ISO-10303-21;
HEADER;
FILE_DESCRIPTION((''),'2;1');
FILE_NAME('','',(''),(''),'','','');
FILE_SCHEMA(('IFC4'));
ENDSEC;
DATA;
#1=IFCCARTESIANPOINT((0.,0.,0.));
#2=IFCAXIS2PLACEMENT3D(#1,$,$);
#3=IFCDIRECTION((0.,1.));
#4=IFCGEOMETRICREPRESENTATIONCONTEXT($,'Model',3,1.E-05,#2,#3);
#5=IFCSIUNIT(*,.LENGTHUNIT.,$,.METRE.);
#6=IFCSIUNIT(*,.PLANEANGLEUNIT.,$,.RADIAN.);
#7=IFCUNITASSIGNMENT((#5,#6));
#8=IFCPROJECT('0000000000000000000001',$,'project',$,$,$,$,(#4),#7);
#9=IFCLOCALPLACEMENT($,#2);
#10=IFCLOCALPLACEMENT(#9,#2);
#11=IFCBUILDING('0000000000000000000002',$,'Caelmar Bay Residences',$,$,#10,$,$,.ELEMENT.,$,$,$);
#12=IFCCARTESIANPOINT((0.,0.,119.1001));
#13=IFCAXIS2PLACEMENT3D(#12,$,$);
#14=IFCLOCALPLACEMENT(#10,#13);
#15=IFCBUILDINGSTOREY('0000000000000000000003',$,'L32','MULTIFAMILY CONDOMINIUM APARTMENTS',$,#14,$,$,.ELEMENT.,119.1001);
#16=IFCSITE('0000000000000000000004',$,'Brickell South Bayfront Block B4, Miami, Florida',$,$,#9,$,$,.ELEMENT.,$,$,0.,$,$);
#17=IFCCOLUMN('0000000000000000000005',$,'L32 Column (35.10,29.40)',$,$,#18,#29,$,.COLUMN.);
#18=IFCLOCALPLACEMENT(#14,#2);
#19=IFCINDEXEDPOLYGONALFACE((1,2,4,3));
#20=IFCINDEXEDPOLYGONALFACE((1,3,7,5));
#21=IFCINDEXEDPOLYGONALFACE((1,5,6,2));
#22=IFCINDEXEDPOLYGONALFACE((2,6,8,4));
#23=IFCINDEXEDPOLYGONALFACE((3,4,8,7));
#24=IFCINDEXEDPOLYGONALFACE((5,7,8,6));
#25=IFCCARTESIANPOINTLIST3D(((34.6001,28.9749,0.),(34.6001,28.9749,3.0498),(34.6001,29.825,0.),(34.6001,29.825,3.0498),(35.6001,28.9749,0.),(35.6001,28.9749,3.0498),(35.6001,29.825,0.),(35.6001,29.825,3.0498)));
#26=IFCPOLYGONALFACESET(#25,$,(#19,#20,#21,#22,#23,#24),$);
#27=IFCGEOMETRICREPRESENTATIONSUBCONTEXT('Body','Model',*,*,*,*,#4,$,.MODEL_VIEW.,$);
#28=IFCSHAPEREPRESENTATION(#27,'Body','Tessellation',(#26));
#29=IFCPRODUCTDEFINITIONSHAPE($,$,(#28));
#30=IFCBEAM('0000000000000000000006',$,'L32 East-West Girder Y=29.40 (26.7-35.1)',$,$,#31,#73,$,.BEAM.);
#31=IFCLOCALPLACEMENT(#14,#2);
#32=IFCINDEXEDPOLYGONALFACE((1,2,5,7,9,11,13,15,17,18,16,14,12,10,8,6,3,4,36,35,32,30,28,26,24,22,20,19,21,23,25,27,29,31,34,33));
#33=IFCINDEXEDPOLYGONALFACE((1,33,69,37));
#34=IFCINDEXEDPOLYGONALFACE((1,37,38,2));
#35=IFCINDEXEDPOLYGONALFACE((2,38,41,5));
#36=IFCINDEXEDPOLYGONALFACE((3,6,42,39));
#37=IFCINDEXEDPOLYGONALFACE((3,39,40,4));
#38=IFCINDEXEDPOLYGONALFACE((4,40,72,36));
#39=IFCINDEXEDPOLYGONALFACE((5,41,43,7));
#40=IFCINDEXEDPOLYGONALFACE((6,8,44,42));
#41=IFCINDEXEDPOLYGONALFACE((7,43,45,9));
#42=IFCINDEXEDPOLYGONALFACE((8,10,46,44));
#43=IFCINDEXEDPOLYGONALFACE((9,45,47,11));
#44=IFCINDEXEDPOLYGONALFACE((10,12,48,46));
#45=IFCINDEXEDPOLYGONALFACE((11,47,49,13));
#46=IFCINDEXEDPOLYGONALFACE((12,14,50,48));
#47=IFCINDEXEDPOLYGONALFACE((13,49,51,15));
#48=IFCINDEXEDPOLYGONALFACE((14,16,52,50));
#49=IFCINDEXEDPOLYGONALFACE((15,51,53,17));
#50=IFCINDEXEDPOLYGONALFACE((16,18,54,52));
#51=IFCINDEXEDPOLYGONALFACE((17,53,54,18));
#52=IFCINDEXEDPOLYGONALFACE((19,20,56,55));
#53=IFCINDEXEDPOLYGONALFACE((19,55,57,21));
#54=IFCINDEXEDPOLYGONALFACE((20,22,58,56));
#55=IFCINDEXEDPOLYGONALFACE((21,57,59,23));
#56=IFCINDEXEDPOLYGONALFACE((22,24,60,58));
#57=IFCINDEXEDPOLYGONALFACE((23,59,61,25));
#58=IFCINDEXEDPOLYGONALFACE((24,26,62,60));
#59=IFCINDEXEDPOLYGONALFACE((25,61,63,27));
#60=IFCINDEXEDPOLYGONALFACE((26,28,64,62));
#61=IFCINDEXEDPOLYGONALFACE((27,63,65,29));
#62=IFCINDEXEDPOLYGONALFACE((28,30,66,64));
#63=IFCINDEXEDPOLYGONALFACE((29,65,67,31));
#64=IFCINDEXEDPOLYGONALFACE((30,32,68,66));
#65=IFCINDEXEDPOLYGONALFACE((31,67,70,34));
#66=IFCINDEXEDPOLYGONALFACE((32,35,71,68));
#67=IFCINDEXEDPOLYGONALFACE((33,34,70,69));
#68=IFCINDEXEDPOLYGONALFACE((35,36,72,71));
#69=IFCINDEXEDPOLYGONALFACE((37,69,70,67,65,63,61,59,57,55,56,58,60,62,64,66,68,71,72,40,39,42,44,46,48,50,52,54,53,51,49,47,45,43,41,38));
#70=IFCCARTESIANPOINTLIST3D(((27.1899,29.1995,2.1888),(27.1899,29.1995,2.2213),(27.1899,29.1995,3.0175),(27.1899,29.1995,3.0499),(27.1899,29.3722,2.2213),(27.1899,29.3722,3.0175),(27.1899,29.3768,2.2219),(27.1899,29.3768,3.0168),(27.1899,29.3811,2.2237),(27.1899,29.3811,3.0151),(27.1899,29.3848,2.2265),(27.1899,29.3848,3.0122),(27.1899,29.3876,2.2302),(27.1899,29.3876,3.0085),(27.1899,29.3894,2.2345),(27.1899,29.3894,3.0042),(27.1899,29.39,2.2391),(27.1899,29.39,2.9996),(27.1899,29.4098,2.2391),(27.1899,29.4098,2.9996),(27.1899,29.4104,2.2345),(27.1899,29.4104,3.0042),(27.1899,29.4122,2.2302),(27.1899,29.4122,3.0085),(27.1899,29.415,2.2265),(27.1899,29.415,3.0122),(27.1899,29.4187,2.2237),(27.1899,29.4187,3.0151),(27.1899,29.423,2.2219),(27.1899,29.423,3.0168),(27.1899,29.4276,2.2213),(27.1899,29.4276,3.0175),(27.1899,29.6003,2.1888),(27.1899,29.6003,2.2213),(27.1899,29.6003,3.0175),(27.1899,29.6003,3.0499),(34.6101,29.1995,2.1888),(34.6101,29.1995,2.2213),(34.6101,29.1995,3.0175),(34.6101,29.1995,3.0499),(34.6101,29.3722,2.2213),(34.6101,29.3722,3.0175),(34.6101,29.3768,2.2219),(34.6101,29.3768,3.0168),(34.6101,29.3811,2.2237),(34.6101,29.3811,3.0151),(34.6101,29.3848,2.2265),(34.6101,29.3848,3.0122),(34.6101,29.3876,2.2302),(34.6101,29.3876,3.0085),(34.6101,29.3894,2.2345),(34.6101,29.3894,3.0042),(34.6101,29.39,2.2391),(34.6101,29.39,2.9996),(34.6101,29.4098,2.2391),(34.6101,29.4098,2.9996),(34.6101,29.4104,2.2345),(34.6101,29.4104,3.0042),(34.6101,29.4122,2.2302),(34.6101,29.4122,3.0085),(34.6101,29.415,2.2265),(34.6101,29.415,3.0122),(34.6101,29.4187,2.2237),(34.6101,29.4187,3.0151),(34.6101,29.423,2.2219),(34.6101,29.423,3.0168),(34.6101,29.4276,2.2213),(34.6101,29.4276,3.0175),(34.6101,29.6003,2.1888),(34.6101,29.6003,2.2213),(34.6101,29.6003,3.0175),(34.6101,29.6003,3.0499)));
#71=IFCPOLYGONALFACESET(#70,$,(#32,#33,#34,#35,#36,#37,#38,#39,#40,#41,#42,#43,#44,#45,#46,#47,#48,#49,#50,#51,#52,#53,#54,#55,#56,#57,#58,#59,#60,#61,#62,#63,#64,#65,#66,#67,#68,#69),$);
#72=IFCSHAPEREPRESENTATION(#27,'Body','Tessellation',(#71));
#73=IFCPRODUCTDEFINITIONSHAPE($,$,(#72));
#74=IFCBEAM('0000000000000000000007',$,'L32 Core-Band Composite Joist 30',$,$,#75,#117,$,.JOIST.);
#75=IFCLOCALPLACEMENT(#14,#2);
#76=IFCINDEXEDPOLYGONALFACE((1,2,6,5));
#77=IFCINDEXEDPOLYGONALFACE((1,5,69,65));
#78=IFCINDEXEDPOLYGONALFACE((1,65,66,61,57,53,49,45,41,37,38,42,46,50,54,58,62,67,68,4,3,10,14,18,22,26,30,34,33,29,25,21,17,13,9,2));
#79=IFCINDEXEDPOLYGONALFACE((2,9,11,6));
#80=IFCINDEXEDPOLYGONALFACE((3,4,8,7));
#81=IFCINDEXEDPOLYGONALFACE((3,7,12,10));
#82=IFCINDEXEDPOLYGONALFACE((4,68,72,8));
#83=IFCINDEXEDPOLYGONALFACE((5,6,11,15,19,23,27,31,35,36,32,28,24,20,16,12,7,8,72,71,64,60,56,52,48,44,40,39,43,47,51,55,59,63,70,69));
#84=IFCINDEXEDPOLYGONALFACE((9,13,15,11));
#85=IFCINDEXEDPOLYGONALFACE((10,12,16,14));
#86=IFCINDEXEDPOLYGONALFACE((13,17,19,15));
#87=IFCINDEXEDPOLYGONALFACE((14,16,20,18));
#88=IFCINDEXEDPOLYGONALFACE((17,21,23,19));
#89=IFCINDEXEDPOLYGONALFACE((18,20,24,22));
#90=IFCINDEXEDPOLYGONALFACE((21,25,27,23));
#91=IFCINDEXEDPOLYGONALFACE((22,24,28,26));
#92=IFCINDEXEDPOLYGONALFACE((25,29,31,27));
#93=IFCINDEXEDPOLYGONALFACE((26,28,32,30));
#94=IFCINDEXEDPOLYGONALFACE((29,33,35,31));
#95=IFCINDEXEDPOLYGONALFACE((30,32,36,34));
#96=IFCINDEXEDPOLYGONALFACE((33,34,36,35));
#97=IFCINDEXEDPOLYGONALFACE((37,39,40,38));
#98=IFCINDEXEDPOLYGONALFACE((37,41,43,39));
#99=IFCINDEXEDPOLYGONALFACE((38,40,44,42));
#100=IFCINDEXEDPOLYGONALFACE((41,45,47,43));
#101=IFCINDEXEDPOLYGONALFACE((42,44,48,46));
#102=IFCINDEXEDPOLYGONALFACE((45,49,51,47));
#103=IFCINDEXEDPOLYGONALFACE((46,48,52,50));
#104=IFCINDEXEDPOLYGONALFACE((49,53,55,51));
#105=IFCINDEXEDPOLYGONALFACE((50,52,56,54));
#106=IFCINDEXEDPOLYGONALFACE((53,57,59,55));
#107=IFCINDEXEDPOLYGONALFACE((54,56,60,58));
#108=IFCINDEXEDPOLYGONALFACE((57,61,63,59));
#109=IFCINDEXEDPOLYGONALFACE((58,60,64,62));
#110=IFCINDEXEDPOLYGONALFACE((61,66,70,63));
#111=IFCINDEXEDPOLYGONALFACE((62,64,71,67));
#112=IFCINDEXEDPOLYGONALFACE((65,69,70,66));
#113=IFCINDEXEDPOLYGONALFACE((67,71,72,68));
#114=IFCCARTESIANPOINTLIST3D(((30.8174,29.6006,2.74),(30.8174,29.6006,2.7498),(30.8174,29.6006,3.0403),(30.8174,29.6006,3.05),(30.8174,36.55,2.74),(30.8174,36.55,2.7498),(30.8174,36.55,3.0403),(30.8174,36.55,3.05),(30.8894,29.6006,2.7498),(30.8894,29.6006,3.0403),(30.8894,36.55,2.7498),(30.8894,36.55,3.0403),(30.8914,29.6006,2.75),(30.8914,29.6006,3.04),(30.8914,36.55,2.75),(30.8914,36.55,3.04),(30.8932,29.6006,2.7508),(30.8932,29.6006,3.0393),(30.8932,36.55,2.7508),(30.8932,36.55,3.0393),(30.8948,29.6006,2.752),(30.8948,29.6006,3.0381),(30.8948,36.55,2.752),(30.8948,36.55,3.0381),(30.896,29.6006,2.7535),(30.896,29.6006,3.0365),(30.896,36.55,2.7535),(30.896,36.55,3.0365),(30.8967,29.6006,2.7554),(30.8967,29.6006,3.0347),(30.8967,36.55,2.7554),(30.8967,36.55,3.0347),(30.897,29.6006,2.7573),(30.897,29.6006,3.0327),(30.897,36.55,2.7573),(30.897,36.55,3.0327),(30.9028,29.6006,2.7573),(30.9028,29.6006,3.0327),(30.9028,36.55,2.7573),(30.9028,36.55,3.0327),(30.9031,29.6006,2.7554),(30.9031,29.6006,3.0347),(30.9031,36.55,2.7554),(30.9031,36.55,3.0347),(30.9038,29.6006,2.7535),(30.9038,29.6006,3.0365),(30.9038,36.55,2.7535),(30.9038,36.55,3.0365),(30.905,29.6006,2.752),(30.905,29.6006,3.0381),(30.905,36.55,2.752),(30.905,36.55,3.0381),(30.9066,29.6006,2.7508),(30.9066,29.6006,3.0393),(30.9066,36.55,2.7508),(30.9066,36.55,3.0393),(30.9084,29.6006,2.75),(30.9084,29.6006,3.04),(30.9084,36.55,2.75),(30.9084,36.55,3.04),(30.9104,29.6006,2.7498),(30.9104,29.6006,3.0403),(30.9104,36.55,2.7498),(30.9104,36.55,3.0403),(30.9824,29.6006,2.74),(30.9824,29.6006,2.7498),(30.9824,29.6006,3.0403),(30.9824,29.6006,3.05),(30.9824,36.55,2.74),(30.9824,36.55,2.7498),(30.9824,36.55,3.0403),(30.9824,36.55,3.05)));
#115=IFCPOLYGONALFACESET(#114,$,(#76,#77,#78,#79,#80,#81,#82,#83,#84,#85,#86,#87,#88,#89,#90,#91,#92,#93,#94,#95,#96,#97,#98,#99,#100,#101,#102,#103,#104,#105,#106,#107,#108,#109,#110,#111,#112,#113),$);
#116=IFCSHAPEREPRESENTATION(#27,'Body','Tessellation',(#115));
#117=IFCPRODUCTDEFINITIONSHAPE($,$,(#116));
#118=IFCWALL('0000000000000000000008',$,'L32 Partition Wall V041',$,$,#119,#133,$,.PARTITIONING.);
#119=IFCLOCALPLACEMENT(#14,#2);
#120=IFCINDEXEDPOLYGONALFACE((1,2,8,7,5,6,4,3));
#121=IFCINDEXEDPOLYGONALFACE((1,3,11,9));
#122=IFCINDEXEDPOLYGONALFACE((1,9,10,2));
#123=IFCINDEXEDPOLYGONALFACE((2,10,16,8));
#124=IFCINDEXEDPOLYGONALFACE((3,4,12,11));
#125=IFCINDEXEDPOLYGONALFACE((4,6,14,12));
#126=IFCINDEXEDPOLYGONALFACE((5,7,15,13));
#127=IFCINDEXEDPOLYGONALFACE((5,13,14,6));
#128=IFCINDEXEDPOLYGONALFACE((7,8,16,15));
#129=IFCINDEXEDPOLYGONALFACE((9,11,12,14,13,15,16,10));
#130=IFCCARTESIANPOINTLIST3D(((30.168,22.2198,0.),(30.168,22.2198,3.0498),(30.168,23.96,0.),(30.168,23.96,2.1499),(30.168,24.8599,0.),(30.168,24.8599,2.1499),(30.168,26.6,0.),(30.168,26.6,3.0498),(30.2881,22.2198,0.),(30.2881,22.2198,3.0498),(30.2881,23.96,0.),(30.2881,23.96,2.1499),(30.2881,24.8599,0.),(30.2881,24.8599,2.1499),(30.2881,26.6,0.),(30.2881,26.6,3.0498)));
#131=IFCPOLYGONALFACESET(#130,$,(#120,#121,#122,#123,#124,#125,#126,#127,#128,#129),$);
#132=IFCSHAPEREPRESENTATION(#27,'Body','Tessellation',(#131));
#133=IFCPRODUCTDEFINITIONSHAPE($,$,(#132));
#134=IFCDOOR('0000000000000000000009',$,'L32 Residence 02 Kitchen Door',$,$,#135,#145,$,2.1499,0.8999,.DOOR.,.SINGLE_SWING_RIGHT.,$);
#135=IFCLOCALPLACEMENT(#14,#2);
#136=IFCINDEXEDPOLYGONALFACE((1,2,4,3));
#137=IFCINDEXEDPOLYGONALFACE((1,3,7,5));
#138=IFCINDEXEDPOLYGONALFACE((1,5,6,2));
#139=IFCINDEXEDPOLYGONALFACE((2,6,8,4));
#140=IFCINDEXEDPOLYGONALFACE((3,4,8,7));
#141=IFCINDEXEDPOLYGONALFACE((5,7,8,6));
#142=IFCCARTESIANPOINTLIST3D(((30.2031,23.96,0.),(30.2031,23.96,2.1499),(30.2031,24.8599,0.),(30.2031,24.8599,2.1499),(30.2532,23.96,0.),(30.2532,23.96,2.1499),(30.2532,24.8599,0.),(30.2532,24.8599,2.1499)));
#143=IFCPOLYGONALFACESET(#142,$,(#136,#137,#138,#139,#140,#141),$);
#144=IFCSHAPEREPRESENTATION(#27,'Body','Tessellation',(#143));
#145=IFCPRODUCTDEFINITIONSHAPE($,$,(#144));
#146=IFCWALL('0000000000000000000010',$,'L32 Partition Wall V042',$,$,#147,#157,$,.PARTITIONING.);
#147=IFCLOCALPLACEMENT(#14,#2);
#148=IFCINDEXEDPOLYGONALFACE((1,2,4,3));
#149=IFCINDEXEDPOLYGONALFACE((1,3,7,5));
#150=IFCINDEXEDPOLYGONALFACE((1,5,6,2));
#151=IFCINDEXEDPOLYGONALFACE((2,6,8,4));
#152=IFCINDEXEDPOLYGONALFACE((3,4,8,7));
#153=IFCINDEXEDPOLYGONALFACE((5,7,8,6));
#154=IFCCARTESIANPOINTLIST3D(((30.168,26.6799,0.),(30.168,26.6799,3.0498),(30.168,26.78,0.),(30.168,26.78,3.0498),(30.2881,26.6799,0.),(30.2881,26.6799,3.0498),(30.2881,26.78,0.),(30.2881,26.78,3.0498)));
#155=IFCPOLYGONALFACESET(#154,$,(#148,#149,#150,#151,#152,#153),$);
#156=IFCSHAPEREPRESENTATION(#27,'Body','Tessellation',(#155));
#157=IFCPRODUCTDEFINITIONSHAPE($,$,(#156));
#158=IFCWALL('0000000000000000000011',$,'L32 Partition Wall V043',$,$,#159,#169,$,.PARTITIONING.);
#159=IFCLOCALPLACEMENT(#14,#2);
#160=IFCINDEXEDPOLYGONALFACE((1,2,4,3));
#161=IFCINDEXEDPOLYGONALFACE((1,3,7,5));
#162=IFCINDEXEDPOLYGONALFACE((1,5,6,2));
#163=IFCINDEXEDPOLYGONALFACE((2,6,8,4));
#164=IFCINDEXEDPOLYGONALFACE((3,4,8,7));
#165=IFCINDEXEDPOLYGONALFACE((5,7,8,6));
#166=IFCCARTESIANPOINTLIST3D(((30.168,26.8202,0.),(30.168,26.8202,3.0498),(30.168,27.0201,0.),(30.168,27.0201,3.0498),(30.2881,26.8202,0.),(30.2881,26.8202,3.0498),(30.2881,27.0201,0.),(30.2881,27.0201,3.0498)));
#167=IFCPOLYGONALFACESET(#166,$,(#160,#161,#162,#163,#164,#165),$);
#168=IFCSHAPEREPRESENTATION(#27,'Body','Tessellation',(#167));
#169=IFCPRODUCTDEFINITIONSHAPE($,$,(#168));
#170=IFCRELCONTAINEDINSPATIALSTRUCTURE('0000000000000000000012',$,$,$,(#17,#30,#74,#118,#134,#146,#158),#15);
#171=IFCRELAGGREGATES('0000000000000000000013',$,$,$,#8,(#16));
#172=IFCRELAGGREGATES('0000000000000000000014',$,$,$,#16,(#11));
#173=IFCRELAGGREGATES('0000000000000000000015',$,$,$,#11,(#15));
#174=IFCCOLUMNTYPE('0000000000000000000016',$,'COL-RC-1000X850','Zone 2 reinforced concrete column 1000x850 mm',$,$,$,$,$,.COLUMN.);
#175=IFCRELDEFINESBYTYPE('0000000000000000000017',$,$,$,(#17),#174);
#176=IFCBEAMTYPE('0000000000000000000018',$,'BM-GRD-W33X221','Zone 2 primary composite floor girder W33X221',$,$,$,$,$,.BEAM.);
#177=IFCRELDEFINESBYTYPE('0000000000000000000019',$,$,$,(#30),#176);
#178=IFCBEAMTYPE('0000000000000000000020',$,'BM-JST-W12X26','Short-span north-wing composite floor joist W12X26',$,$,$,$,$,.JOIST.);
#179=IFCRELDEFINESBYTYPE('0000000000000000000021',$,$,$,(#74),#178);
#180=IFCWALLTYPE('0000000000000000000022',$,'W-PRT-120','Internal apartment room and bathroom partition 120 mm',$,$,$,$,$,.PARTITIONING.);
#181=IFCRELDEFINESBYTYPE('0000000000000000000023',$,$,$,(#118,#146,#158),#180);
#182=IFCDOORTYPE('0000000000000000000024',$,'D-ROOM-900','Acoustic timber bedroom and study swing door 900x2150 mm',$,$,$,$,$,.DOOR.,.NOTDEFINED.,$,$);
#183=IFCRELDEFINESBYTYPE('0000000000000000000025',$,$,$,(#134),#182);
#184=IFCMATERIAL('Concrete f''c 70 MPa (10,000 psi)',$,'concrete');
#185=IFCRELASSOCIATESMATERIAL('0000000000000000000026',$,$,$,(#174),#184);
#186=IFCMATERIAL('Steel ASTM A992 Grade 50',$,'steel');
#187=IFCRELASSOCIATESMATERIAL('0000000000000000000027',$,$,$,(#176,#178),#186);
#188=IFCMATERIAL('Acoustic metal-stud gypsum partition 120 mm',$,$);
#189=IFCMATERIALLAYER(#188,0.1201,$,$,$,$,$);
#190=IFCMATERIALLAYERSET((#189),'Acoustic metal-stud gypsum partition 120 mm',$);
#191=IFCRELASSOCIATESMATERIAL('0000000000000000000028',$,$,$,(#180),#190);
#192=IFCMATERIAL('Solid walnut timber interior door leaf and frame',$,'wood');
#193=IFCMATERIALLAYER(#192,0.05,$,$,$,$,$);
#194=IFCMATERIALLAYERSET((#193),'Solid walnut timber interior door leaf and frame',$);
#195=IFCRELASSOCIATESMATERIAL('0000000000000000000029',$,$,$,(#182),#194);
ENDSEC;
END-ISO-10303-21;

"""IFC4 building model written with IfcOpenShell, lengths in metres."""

from ifc_helpers import new_model, si_unit, direction, frame, frame_2d, origin, origin_2d, place, context, subcontext, project, spatial, rectangle, i_section, extrude, material, layer, layer_set, material_profile, profile_set, type_object, element, fill, save


model = new_model("IFC4")

# Units and contexts
model_context = context("Model", 3, precision=1e-05, world=origin(), true_north=direction((0.0, 1.0)))
body_context = subcontext(model_context, "Body", "Model", "MODEL_VIEW")
ifc_project = project(units=[si_unit("LENGTHUNIT", "METRE"), si_unit("PLANEANGLEUNIT", "RADIAN")], contexts=[model_context])

# Site, building, storey
site_placement = place(None, origin())
site = spatial("IfcSite", under=ifc_project, at=site_placement, Name="Brickell South Bayfront Block B4, Miami, Florida", CompositionType="ELEMENT", RefElevation=0.0)
building_placement = place(site_placement, origin())
building = spatial("IfcBuilding", under=site, at=building_placement, Name="Caelmar Bay Residences", CompositionType="ELEMENT")
storey_placement = place(building_placement, frame((0.0, 0.0, 119.1001)))
storey = spatial("IfcBuildingStorey", under=building, at=storey_placement, Name="L32", Description="MULTIFAMILY CONDOMINIUM APARTMENTS", CompositionType="ELEMENT", Elevation=119.1001)

# Column
ifc_material_1 = material(Name="Concrete f'c 70 MPa (10,000 psi)", Category="concrete")
ifc_material_profile_1 = material_profile(ifc_material_1, rectangle(XDim=1.0, YDim=0.8501, at=origin_2d()), Name="RC-COL-1000X850")
ifc_profile_set_1 = profile_set([ifc_material_profile_1], Name="Concrete f'c 70 MPa (10,000 psi)")
column_type = type_object("IfcColumnType", Name="COL-RC-1000X850", Description="Zone 2 reinforced concrete column 1000x850 mm", PredefinedType="COLUMN", material=ifc_profile_set_1)
column_placement = place(storey_placement, frame((35.1001, 29.3999, 0.0), z_axis=(0.0, 0.0, 1.0), x_axis=(1.0, 0.0, 0.0)))
element("IfcColumn", 1, at=column_placement, inside=storey, type_object=column_type, Name="L32 Column (35.10,29.40)", PredefinedType="COLUMN", context=body_context, shape_type="SweptSolid", body=[
    extrude(rectangle(XDim=1.0, YDim=0.8501, at=origin_2d()), origin(), (0.0, 0.0, 1.0), 3.0498),
])

# Beams
ifc_material_2 = material(Name="Steel ASTM A992 Grade 50", Category="steel")
ifc_material_profile_2 = material_profile(ifc_material_2, i_section(OverallWidth=0.4009, OverallDepth=0.8611, WebThickness=0.0198, FlangeThickness=0.0325, FilletRadius=0.0178, at=origin_2d()), Name="W33X221")
ifc_profile_set_2 = profile_set([ifc_material_profile_2], Name="Steel ASTM A992 Grade 50")
beam_type_1 = type_object("IfcBeamType", Name="BM-GRD-W33X221", Description="Zone 2 primary composite floor girder W33X221", PredefinedType="BEAM", material=ifc_profile_set_2)
beam_1_placement = place(storey_placement, frame((27.1899, 29.3999, 2.6194), z_axis=(1.0, 0.0, 0.0), x_axis=(0.0, 1.0, 0.0)))
element("IfcBeam", 2, at=beam_1_placement, inside=storey, type_object=beam_type_1, Name="L32 East-West Girder Y=29.40 (26.7-35.1)", PredefinedType="BEAM", context=body_context, shape_type="SweptSolid", body=[
    extrude(i_section(OverallWidth=0.4009, OverallDepth=0.8611, WebThickness=0.0198, FlangeThickness=0.0325, FilletRadius=0.0178, at=origin_2d()), origin(), (0.0, 0.0, 1.0), 7.4202),
])
ifc_material_profile_3 = material_profile(ifc_material_2, i_section(OverallWidth=0.165, OverallDepth=0.3101, WebThickness=0.0059, FlangeThickness=0.0098, FilletRadius=0.0076, at=origin_2d()), Name="W12X26")
ifc_profile_set_3 = profile_set([ifc_material_profile_3], Name="Steel ASTM A992 Grade 50")
beam_type_2 = type_object("IfcBeamType", Name="BM-JST-W12X26", Description="Short-span north-wing composite floor joist W12X26", PredefinedType="JOIST", material=ifc_profile_set_3)
beam_2_placement = place(storey_placement, frame((30.8999, 29.6006, 2.895), z_axis=(0.0, 1.0, 0.0), x_axis=(-1.0, 0.0, 0.0)))
element("IfcBeam", 3, at=beam_2_placement, inside=storey, type_object=beam_type_2, Name="L32 Core-Band Composite Joist 30", PredefinedType="JOIST", context=body_context, shape_type="SweptSolid", body=[
    extrude(i_section(OverallWidth=0.165, OverallDepth=0.3101, WebThickness=0.0059, FlangeThickness=0.0098, FilletRadius=0.0076, at=origin_2d()), origin(), (0.0, 0.0, 1.0), 6.9495),
])

# Wall, opening, door
ifc_material_3 = material(Name="Acoustic metal-stud gypsum partition 120 mm")
ifc_layer_1 = layer(ifc_material_3, 0.1201)
ifc_layer_set_1 = layer_set([ifc_layer_1], Name="Acoustic metal-stud gypsum partition 120 mm")
wall_type = type_object("IfcWallType", Name="W-PRT-120", Description="Internal apartment room and bathroom partition 120 mm", PredefinedType="PARTITIONING", material=ifc_layer_set_1)
wall_1_placement = place(storey_placement, frame((30.228, 22.22, 0.0), z_axis=(0.0, 0.0, 1.0), x_axis=(0.0, 1.0, 0.0)))
wall_1 = element("IfcWall", 4, at=wall_1_placement, inside=storey, type_object=wall_type, Name="L32 Partition Wall V041", PredefinedType="PARTITIONING", context=body_context, shape_type="SweptSolid", body=[
    extrude(rectangle(XDim=4.3801, YDim=0.1201, at=frame_2d((2.1899, 0.0))), origin(), (0.0, 0.0, 1.0), 3.0498),
])
opening_1_placement = place(wall_1_placement, frame((1.74, 0.0, 0.0)))
opening_1 = element("IfcOpeningElement", 5, at=opening_1_placement, cuts=wall_1, PredefinedType="OPENING", context=body_context, shape_type="SweptSolid", body=[
    extrude(rectangle(XDim=0.8999, YDim=2.1499, at=frame_2d((0.45, 1.075))), frame((0.0, 0.0701, 0.0), z_axis=(0.0, -1.0, 0.0), x_axis=(1.0, 0.0, 0.0)), (0.0, 0.0, 1.0), 0.1401),
])
ifc_material_4 = material(Name="Solid walnut timber interior door leaf and frame", Category="wood")
ifc_layer_2 = layer(ifc_material_4, 0.05)
ifc_layer_set_2 = layer_set([ifc_layer_2], Name="Solid walnut timber interior door leaf and frame")
door_type_1 = type_object("IfcDoorType", Name="D-ROOM-900", Description="Acoustic timber bedroom and study swing door 900x2150 mm", OperationType="NOTDEFINED", PredefinedType="DOOR", material=ifc_layer_set_2)
door_1_placement = place(opening_1_placement, origin())
door_1 = element("IfcDoor", 6, at=door_1_placement, inside=storey, type_object=door_type_1, Name="L32 Residence 02 Kitchen Door", OperationType="SINGLE_SWING_RIGHT", OverallHeight=2.1499, OverallWidth=0.8999, PredefinedType="DOOR", context=body_context, shape_type="SweptSolid", body=[
    extrude(rectangle(XDim=0.8999, YDim=2.1499, at=frame_2d((0.45, 1.075))), frame((0.0, 0.0249, 0.0), z_axis=(0.0, -1.0, 0.0), x_axis=(1.0, 0.0, 0.0)), (0.0, 0.0, 1.0), 0.05),
])
fill(opening_1, door_1)

# Walls
wall_2_placement = place(storey_placement, frame((30.228, 26.6799, 0.0), z_axis=(0.0, 0.0, 1.0), x_axis=(0.0, 1.0, 0.0)))
element("IfcWall", 7, at=wall_2_placement, inside=storey, type_object=wall_type, Name="L32 Partition Wall V042", PredefinedType="PARTITIONING", context=body_context, shape_type="SweptSolid", body=[
    extrude(rectangle(XDim=0.1001, YDim=0.1201, at=frame_2d((0.05, 0.0))), origin(), (0.0, 0.0, 1.0), 3.0498),
])
wall_3_placement = place(storey_placement, frame((30.228, 26.8201, 0.0), z_axis=(0.0, 0.0, 1.0), x_axis=(0.0, 1.0, 0.0)))
element("IfcWall", 8, at=wall_3_placement, inside=storey, type_object=wall_type, Name="L32 Partition Wall V043", PredefinedType="PARTITIONING", context=body_context, shape_type="SweptSolid", body=[
    extrude(rectangle(XDim=0.2, YDim=0.1201, at=frame_2d((0.1001, 0.0))), origin(), (0.0, 0.0, 1.0), 3.0498),
])

save(model, "model.ifc")
